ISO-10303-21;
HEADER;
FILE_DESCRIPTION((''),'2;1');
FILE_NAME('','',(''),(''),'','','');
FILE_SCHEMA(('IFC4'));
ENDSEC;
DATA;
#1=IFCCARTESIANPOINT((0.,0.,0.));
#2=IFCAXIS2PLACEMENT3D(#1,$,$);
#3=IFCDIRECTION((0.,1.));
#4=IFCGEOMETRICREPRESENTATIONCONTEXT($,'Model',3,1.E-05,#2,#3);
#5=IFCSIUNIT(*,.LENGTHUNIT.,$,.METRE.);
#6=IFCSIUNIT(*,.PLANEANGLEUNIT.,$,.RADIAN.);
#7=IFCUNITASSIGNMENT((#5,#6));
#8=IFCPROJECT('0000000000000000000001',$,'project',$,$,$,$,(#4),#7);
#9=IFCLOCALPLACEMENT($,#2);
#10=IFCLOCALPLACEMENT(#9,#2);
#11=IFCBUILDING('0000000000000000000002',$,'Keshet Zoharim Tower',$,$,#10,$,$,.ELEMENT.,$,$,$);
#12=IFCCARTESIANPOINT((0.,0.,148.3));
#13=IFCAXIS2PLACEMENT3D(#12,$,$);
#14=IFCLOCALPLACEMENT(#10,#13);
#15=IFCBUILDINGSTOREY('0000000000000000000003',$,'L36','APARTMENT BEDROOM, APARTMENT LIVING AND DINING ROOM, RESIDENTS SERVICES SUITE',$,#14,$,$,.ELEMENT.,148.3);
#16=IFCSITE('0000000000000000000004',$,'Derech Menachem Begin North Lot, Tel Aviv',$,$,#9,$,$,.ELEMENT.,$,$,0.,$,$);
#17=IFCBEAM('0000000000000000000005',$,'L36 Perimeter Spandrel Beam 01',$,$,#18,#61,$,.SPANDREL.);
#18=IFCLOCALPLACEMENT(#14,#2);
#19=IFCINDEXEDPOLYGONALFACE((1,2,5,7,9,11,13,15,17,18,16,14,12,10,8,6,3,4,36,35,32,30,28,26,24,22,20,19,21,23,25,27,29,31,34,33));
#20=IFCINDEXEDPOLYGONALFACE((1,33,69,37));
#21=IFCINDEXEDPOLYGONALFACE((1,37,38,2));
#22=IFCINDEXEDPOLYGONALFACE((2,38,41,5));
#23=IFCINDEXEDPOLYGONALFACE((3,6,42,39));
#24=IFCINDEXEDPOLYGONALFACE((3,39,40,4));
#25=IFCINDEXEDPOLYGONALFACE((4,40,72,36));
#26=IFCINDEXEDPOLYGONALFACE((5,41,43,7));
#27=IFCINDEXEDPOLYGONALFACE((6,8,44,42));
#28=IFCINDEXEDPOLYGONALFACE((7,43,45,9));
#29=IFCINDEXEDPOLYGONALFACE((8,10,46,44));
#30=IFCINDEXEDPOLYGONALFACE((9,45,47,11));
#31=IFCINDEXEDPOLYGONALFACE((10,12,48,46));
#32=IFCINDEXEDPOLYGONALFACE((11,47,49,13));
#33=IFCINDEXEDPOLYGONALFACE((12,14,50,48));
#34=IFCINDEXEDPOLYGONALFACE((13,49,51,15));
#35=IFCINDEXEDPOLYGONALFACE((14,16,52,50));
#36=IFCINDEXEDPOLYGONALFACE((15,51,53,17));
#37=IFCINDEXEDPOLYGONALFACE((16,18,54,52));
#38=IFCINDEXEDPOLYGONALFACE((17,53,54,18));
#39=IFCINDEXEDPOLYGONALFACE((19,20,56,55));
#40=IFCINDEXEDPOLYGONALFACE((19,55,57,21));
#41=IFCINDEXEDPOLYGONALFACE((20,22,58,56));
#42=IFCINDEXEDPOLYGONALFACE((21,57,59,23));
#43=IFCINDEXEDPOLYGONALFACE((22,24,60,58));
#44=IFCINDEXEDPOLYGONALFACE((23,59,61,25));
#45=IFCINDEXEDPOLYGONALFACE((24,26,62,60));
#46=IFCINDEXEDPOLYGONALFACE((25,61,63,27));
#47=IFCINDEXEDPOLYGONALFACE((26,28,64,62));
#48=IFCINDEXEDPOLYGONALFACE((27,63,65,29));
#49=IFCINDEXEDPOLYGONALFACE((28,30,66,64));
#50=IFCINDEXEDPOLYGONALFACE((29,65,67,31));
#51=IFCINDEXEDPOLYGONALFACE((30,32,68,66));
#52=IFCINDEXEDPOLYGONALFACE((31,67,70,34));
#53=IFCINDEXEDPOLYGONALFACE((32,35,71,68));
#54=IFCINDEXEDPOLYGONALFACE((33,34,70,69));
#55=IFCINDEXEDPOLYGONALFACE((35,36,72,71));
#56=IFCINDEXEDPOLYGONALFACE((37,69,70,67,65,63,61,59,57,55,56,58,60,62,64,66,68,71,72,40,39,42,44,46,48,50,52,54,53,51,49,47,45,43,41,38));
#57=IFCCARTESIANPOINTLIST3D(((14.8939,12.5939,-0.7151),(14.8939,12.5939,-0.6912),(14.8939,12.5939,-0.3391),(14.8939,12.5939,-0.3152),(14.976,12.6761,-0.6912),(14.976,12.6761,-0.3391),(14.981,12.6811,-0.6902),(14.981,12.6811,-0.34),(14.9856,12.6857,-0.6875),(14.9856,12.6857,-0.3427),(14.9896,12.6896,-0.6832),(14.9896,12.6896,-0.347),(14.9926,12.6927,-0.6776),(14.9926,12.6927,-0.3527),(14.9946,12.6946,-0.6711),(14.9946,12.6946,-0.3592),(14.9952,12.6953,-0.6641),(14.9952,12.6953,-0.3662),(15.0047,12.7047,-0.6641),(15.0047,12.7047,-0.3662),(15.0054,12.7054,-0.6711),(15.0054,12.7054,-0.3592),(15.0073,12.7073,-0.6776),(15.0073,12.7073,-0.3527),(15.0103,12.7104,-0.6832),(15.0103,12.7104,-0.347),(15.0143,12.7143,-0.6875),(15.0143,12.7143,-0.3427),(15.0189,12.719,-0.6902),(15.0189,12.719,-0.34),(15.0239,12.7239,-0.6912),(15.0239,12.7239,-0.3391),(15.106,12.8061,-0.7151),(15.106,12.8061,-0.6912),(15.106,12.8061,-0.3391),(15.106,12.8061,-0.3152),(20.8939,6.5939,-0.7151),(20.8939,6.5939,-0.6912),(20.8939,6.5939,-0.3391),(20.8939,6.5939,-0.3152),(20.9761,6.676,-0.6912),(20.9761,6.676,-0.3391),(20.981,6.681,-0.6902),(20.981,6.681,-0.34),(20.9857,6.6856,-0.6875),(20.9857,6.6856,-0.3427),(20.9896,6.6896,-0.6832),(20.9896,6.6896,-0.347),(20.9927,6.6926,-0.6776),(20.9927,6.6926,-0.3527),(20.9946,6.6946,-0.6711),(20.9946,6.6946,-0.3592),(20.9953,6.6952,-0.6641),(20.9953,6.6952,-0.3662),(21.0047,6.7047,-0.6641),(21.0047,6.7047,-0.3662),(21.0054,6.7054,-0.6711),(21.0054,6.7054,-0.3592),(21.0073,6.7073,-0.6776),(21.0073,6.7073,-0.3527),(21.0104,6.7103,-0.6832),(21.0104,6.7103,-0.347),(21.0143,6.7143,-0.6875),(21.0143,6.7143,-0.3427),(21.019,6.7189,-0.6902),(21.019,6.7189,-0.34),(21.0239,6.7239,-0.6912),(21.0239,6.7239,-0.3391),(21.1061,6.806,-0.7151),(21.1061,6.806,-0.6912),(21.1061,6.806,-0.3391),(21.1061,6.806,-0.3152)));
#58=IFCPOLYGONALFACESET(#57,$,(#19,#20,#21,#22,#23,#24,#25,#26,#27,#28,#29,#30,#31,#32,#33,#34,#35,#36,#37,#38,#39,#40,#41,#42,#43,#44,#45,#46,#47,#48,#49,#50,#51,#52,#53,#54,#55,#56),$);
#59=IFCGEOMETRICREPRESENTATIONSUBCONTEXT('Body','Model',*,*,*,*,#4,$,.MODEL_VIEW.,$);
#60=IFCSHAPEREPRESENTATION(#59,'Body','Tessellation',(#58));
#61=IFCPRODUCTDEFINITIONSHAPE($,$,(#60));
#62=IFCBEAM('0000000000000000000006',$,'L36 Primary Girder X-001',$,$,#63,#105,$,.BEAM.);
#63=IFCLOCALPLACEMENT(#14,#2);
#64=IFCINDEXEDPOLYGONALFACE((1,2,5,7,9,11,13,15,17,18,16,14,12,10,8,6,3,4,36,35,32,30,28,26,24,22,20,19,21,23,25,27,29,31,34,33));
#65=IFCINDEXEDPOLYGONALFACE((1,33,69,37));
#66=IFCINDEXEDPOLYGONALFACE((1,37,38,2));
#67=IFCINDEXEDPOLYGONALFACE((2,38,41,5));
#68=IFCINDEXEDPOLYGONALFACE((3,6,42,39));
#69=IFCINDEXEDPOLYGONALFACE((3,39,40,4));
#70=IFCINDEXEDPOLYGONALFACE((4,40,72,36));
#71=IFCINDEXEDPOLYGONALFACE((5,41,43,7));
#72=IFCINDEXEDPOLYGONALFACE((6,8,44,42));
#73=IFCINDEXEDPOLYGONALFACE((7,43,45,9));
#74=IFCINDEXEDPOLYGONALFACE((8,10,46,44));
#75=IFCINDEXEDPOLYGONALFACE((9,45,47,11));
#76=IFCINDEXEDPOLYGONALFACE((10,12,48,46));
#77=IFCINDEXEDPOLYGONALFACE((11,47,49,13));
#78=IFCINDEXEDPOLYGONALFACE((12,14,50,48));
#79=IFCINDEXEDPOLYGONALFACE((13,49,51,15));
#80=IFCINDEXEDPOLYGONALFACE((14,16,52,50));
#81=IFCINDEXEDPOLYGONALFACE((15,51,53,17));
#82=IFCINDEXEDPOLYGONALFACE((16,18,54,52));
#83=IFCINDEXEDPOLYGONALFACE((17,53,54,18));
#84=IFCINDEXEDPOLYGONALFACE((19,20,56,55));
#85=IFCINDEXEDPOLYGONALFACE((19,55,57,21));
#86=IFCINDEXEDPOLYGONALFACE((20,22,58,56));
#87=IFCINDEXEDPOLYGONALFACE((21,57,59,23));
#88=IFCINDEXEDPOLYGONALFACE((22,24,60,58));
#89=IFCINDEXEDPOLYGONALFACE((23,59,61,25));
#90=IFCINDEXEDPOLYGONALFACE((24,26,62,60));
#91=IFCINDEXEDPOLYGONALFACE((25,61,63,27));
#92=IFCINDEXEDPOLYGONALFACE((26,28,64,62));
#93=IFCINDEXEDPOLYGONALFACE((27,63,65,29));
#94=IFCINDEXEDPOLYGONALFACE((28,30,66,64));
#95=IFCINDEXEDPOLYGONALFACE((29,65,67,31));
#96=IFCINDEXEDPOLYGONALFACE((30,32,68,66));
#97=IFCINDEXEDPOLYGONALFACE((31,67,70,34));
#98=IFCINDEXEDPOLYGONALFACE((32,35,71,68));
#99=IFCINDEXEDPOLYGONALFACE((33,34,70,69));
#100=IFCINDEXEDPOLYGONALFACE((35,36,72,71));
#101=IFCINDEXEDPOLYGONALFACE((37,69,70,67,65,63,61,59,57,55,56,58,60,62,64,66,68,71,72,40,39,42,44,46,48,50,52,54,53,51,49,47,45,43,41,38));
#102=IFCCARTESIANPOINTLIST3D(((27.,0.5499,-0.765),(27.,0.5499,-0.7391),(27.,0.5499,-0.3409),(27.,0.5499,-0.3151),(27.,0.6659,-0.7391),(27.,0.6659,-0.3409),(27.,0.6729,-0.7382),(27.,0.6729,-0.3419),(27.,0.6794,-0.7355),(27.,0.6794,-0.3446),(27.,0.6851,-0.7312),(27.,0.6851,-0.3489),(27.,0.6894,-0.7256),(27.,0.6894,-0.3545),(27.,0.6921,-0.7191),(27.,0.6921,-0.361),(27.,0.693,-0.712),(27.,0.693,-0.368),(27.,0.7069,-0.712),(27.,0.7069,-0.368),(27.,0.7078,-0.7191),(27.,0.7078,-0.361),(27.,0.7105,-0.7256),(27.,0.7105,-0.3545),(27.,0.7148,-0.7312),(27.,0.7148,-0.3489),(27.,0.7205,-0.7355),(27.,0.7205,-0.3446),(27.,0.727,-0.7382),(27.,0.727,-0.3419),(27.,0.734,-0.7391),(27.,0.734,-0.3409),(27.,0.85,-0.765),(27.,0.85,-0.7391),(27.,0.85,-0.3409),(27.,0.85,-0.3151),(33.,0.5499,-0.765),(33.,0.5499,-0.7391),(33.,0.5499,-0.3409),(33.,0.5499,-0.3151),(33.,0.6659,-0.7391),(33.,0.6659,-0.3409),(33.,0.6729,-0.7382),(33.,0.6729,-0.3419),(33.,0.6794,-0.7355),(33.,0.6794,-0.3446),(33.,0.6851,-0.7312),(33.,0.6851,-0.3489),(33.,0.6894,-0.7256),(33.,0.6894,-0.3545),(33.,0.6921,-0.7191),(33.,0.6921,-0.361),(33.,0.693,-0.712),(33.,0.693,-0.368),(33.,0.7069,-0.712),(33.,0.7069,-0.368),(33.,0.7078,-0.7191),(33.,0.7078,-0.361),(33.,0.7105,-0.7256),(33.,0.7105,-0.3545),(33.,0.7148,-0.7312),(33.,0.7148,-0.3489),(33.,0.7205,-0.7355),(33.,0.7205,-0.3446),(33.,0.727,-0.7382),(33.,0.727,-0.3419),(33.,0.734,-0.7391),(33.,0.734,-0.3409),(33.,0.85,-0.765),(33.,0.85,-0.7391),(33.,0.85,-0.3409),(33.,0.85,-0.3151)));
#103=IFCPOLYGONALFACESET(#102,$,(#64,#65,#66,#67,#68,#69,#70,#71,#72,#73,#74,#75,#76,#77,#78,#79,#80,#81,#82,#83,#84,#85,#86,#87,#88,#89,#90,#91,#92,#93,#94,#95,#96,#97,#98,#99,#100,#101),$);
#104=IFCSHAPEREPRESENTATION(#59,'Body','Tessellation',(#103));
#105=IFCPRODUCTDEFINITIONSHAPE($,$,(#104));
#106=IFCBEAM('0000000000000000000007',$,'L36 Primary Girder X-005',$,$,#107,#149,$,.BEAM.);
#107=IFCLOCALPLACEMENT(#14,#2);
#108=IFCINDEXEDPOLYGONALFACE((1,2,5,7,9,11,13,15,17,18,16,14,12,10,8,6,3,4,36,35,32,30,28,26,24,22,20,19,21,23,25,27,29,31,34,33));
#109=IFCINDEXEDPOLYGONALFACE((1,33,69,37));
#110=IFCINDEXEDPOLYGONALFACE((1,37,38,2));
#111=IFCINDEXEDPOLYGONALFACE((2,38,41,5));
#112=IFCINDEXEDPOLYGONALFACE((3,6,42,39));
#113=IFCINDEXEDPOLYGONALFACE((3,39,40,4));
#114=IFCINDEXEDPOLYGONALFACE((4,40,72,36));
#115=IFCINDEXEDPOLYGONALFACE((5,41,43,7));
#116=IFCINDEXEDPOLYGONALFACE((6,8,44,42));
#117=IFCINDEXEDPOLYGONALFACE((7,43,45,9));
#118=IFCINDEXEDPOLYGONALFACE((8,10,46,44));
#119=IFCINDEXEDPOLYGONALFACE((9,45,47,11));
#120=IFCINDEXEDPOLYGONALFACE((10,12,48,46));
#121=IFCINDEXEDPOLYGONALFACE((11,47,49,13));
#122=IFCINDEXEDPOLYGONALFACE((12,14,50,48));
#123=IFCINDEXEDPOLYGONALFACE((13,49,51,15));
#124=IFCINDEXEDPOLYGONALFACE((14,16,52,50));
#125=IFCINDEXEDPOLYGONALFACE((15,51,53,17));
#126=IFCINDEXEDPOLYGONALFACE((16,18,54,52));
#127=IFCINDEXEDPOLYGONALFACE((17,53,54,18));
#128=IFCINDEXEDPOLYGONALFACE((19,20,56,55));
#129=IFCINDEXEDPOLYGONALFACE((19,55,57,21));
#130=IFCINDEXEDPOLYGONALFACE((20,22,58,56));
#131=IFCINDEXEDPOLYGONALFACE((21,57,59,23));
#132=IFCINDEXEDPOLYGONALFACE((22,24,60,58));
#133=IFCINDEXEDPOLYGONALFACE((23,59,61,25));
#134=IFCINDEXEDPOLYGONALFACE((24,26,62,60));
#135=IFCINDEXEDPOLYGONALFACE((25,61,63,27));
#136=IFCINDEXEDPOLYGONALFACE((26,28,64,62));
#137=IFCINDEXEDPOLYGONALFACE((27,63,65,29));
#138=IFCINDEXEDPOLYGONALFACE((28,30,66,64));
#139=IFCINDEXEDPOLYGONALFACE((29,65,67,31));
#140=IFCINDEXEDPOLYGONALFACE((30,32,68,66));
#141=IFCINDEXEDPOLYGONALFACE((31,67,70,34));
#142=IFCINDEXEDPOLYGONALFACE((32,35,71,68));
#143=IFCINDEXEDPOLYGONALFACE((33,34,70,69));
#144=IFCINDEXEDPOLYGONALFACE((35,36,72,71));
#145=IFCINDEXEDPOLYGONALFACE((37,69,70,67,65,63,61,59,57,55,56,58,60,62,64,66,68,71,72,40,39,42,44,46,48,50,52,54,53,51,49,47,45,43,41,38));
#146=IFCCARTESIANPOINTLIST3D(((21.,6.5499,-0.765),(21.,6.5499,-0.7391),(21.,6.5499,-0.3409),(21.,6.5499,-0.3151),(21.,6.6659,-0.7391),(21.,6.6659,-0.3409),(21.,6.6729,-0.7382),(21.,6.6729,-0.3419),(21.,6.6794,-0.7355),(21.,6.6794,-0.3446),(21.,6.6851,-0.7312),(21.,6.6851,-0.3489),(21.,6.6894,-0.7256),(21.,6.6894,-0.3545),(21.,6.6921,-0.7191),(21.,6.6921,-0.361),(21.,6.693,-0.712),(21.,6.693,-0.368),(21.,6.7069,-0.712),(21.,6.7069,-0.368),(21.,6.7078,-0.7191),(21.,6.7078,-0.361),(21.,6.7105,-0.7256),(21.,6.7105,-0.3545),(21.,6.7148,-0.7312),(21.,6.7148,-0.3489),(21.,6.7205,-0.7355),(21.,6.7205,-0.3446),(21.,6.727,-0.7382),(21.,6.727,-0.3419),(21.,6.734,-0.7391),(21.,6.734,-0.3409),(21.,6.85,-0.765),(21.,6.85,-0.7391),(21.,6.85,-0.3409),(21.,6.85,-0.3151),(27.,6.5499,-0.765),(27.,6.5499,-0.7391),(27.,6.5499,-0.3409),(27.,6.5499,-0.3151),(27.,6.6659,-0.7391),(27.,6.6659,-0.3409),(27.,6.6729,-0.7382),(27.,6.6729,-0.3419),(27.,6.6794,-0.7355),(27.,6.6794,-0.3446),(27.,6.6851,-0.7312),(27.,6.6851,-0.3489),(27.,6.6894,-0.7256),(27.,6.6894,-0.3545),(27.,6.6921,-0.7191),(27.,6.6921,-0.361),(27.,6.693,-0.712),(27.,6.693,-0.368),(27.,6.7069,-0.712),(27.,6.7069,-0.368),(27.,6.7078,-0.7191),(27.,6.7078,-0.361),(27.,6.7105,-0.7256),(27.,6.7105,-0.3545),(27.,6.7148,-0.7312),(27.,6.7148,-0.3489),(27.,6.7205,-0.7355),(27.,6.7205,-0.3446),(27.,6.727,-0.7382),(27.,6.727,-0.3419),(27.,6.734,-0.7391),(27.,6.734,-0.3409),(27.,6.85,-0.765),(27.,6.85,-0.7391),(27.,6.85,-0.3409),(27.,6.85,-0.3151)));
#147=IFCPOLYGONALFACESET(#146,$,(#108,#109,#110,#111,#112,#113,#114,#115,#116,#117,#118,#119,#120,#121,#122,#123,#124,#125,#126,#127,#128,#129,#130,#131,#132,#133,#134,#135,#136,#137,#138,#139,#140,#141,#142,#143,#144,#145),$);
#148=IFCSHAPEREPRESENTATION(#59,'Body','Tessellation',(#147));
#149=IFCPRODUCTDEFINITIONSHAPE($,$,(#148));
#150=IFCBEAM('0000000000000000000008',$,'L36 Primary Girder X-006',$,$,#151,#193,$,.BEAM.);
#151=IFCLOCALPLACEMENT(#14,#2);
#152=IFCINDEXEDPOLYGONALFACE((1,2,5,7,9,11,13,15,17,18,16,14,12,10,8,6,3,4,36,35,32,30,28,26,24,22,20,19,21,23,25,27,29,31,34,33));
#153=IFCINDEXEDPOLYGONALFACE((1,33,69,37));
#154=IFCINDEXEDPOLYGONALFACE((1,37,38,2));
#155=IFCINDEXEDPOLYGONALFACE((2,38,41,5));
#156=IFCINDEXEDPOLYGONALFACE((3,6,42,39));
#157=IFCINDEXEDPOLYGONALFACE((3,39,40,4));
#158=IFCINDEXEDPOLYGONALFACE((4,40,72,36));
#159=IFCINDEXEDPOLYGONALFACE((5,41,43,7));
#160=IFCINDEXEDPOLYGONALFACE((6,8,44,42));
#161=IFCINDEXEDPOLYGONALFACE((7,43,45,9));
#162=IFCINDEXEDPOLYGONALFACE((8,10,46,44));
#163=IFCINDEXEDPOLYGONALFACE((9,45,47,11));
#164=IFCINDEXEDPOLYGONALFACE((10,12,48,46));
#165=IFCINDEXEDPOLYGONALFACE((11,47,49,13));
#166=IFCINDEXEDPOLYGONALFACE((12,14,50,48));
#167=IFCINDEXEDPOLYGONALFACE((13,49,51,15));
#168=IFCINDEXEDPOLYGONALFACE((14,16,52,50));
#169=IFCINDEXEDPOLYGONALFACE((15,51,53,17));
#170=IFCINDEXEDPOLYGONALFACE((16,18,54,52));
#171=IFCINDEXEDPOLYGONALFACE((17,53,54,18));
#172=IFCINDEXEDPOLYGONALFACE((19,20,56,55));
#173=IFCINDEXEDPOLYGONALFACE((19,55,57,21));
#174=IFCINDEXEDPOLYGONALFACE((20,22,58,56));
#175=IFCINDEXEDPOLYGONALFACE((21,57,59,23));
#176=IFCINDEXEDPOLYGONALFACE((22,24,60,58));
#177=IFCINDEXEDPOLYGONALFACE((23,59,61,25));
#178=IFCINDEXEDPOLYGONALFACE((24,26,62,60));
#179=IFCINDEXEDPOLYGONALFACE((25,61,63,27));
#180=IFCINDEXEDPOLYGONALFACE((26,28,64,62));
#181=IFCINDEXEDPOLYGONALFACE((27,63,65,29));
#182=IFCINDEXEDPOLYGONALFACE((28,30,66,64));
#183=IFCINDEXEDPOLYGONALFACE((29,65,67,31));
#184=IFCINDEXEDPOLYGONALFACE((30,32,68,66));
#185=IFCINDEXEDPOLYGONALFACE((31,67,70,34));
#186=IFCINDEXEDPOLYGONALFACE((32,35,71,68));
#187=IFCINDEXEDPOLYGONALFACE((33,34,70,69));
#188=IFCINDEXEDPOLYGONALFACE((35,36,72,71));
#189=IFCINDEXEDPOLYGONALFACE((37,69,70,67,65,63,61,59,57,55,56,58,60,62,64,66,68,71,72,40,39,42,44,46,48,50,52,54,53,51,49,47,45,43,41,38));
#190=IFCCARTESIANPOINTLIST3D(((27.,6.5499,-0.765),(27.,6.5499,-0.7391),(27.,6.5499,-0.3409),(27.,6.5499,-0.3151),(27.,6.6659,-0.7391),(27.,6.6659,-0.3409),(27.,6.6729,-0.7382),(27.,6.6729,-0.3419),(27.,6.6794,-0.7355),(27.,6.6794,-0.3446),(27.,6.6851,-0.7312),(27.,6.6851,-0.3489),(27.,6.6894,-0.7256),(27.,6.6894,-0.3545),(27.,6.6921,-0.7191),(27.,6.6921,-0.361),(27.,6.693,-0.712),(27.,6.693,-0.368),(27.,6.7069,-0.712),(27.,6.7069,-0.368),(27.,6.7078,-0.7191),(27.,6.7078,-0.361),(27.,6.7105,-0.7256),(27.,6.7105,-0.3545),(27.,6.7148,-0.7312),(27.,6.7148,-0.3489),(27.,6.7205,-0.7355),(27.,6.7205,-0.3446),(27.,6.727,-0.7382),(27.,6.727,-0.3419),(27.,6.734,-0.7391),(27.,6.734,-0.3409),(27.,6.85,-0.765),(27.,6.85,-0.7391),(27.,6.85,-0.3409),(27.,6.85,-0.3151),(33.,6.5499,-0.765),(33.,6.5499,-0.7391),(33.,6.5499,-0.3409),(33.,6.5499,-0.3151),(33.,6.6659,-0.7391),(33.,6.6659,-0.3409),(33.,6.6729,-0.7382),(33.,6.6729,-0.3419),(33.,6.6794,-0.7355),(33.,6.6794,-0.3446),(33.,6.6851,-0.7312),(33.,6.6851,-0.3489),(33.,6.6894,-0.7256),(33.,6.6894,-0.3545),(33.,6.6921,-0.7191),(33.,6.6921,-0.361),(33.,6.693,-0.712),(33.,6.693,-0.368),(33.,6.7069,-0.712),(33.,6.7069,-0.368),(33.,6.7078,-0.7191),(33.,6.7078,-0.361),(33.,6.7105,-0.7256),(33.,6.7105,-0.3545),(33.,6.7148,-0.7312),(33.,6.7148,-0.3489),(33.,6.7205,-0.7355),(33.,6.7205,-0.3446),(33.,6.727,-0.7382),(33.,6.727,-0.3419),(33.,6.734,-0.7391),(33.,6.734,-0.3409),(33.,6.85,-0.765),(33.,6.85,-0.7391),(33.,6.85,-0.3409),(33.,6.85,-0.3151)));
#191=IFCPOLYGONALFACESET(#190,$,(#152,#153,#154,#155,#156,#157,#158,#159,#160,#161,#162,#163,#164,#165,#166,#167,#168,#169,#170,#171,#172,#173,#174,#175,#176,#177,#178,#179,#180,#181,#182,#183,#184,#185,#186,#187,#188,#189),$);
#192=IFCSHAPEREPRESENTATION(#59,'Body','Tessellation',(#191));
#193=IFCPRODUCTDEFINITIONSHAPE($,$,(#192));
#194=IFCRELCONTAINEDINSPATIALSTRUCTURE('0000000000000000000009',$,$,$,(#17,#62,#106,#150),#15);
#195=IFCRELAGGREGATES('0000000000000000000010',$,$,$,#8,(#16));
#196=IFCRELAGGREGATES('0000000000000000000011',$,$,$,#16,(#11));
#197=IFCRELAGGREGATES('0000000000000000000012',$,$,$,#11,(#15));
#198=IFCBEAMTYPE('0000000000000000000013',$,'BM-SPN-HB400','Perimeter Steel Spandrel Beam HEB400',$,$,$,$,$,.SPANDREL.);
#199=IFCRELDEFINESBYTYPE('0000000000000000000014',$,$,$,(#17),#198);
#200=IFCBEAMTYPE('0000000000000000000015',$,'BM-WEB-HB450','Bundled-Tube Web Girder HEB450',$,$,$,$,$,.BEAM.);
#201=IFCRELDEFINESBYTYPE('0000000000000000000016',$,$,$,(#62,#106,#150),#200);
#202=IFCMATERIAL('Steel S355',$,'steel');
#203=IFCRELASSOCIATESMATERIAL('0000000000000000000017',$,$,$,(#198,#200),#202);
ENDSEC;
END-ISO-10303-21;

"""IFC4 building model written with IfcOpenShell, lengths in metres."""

from ifc_helpers import new_model, si_unit, direction, frame, origin, origin_2d, place, context, subcontext, project, spatial, i_section, extrude, material, material_profile, profile_set, type_object, element, save


model = new_model("IFC4")

# Units and contexts
model_context = context("Model", 3, precision=1e-05, world=origin(), true_north=direction((0.0, 1.0)))
body_context = subcontext(model_context, "Body", "Model", "MODEL_VIEW")
ifc_project = project(units=[si_unit("LENGTHUNIT", "METRE"), si_unit("PLANEANGLEUNIT", "RADIAN")], contexts=[model_context])

# Site, building, storey
site_placement = place(None, origin())
site = spatial("IfcSite", under=ifc_project, at=site_placement, Name="Derech Menachem Begin North Lot, Tel Aviv", CompositionType="ELEMENT", RefElevation=0.0)
building_placement = place(site_placement, origin())
building = spatial("IfcBuilding", under=site, at=building_placement, Name="Keshet Zoharim Tower", CompositionType="ELEMENT")
storey_placement = place(building_placement, frame((0.0, 0.0, 148.3)))
storey = spatial("IfcBuildingStorey", under=building, at=storey_placement, Name="L36", Description="APARTMENT BEDROOM, APARTMENT LIVING AND DINING ROOM, RESIDENTS SERVICES SUITE", CompositionType="ELEMENT", Elevation=148.3)

# Shared definitions
ifc_material_1 = material(Name="Steel S355", Category="steel")

# Beams
ifc_material_profile_1 = material_profile(ifc_material_1, i_section(OverallWidth=0.3, OverallDepth=0.3999, WebThickness=0.0134, FlangeThickness=0.0239, FilletRadius=0.0271, at=origin_2d()), Name="HEB400")
ifc_profile_set_1 = profile_set([ifc_material_profile_1], Name="Steel S355")
beam_type_1 = type_object("IfcBeamType", Name="BM-SPN-HB400", Description="Perimeter Steel Spandrel Beam HEB400", PredefinedType="SPANDREL", material=ifc_profile_set_1)
beam_1_placement = place(storey_placement, frame((21.0, 6.7, -0.5151), z_axis=(-0.707107, 0.707107, 0.0), x_axis=(-0.707107, -0.707107, 0.0)))
element("IfcBeam", 1, at=beam_1_placement, inside=storey, type_object=beam_type_1, Name="L36 Perimeter Spandrel Beam 01", PredefinedType="SPANDREL", context=body_context, shape_type="SweptSolid", body=[
    extrude(i_section(OverallWidth=0.3, OverallDepth=0.3999, WebThickness=0.0134, FlangeThickness=0.0239, FilletRadius=0.0271, at=origin_2d()), origin(), (0.0, 0.0, 1.0), 8.4854),
])
ifc_material_profile_2 = material_profile(ifc_material_1, i_section(OverallWidth=0.3, OverallDepth=0.45, WebThickness=0.0139, FlangeThickness=0.0259, FilletRadius=0.0271, at=origin_2d()), Name="HEB450")
ifc_profile_set_2 = profile_set([ifc_material_profile_2], Name="Steel S355")
beam_type_2 = type_object("IfcBeamType", Name="BM-WEB-HB450", Description="Bundled-Tube Web Girder HEB450", PredefinedType="BEAM", material=ifc_profile_set_2)
for number, where, z_axis, x_axis, name in (
    (2, (27.0, 0.7, -0.54), (1.0, 0.0, 0.0), (0.0, 1.0, 0.0), "L36 Primary Girder X-001"),
    (3, (21.0, 6.7, -0.54), (1.0, 0.0, 0.0), (0.0, 1.0, 0.0), "L36 Primary Girder X-005"),
    (4, (27.0, 6.7, -0.54), (1.0, 0.0, 0.0), (0.0, 1.0, 0.0), "L36 Primary Girder X-006"),
):
    element("IfcBeam", number, at=place(storey_placement, frame(where, z_axis=z_axis, x_axis=x_axis)), inside=storey, type_object=beam_type_2, Name=name, PredefinedType="BEAM", context=body_context, shape_type="SweptSolid", body=[
        extrude(i_section(OverallWidth=0.3, OverallDepth=0.45, WebThickness=0.0139, FlangeThickness=0.0259, FilletRadius=0.0271, at=origin_2d()), origin(), (0.0, 0.0, 1.0), 6.0),
    ])

save(model, "model.ifc")
